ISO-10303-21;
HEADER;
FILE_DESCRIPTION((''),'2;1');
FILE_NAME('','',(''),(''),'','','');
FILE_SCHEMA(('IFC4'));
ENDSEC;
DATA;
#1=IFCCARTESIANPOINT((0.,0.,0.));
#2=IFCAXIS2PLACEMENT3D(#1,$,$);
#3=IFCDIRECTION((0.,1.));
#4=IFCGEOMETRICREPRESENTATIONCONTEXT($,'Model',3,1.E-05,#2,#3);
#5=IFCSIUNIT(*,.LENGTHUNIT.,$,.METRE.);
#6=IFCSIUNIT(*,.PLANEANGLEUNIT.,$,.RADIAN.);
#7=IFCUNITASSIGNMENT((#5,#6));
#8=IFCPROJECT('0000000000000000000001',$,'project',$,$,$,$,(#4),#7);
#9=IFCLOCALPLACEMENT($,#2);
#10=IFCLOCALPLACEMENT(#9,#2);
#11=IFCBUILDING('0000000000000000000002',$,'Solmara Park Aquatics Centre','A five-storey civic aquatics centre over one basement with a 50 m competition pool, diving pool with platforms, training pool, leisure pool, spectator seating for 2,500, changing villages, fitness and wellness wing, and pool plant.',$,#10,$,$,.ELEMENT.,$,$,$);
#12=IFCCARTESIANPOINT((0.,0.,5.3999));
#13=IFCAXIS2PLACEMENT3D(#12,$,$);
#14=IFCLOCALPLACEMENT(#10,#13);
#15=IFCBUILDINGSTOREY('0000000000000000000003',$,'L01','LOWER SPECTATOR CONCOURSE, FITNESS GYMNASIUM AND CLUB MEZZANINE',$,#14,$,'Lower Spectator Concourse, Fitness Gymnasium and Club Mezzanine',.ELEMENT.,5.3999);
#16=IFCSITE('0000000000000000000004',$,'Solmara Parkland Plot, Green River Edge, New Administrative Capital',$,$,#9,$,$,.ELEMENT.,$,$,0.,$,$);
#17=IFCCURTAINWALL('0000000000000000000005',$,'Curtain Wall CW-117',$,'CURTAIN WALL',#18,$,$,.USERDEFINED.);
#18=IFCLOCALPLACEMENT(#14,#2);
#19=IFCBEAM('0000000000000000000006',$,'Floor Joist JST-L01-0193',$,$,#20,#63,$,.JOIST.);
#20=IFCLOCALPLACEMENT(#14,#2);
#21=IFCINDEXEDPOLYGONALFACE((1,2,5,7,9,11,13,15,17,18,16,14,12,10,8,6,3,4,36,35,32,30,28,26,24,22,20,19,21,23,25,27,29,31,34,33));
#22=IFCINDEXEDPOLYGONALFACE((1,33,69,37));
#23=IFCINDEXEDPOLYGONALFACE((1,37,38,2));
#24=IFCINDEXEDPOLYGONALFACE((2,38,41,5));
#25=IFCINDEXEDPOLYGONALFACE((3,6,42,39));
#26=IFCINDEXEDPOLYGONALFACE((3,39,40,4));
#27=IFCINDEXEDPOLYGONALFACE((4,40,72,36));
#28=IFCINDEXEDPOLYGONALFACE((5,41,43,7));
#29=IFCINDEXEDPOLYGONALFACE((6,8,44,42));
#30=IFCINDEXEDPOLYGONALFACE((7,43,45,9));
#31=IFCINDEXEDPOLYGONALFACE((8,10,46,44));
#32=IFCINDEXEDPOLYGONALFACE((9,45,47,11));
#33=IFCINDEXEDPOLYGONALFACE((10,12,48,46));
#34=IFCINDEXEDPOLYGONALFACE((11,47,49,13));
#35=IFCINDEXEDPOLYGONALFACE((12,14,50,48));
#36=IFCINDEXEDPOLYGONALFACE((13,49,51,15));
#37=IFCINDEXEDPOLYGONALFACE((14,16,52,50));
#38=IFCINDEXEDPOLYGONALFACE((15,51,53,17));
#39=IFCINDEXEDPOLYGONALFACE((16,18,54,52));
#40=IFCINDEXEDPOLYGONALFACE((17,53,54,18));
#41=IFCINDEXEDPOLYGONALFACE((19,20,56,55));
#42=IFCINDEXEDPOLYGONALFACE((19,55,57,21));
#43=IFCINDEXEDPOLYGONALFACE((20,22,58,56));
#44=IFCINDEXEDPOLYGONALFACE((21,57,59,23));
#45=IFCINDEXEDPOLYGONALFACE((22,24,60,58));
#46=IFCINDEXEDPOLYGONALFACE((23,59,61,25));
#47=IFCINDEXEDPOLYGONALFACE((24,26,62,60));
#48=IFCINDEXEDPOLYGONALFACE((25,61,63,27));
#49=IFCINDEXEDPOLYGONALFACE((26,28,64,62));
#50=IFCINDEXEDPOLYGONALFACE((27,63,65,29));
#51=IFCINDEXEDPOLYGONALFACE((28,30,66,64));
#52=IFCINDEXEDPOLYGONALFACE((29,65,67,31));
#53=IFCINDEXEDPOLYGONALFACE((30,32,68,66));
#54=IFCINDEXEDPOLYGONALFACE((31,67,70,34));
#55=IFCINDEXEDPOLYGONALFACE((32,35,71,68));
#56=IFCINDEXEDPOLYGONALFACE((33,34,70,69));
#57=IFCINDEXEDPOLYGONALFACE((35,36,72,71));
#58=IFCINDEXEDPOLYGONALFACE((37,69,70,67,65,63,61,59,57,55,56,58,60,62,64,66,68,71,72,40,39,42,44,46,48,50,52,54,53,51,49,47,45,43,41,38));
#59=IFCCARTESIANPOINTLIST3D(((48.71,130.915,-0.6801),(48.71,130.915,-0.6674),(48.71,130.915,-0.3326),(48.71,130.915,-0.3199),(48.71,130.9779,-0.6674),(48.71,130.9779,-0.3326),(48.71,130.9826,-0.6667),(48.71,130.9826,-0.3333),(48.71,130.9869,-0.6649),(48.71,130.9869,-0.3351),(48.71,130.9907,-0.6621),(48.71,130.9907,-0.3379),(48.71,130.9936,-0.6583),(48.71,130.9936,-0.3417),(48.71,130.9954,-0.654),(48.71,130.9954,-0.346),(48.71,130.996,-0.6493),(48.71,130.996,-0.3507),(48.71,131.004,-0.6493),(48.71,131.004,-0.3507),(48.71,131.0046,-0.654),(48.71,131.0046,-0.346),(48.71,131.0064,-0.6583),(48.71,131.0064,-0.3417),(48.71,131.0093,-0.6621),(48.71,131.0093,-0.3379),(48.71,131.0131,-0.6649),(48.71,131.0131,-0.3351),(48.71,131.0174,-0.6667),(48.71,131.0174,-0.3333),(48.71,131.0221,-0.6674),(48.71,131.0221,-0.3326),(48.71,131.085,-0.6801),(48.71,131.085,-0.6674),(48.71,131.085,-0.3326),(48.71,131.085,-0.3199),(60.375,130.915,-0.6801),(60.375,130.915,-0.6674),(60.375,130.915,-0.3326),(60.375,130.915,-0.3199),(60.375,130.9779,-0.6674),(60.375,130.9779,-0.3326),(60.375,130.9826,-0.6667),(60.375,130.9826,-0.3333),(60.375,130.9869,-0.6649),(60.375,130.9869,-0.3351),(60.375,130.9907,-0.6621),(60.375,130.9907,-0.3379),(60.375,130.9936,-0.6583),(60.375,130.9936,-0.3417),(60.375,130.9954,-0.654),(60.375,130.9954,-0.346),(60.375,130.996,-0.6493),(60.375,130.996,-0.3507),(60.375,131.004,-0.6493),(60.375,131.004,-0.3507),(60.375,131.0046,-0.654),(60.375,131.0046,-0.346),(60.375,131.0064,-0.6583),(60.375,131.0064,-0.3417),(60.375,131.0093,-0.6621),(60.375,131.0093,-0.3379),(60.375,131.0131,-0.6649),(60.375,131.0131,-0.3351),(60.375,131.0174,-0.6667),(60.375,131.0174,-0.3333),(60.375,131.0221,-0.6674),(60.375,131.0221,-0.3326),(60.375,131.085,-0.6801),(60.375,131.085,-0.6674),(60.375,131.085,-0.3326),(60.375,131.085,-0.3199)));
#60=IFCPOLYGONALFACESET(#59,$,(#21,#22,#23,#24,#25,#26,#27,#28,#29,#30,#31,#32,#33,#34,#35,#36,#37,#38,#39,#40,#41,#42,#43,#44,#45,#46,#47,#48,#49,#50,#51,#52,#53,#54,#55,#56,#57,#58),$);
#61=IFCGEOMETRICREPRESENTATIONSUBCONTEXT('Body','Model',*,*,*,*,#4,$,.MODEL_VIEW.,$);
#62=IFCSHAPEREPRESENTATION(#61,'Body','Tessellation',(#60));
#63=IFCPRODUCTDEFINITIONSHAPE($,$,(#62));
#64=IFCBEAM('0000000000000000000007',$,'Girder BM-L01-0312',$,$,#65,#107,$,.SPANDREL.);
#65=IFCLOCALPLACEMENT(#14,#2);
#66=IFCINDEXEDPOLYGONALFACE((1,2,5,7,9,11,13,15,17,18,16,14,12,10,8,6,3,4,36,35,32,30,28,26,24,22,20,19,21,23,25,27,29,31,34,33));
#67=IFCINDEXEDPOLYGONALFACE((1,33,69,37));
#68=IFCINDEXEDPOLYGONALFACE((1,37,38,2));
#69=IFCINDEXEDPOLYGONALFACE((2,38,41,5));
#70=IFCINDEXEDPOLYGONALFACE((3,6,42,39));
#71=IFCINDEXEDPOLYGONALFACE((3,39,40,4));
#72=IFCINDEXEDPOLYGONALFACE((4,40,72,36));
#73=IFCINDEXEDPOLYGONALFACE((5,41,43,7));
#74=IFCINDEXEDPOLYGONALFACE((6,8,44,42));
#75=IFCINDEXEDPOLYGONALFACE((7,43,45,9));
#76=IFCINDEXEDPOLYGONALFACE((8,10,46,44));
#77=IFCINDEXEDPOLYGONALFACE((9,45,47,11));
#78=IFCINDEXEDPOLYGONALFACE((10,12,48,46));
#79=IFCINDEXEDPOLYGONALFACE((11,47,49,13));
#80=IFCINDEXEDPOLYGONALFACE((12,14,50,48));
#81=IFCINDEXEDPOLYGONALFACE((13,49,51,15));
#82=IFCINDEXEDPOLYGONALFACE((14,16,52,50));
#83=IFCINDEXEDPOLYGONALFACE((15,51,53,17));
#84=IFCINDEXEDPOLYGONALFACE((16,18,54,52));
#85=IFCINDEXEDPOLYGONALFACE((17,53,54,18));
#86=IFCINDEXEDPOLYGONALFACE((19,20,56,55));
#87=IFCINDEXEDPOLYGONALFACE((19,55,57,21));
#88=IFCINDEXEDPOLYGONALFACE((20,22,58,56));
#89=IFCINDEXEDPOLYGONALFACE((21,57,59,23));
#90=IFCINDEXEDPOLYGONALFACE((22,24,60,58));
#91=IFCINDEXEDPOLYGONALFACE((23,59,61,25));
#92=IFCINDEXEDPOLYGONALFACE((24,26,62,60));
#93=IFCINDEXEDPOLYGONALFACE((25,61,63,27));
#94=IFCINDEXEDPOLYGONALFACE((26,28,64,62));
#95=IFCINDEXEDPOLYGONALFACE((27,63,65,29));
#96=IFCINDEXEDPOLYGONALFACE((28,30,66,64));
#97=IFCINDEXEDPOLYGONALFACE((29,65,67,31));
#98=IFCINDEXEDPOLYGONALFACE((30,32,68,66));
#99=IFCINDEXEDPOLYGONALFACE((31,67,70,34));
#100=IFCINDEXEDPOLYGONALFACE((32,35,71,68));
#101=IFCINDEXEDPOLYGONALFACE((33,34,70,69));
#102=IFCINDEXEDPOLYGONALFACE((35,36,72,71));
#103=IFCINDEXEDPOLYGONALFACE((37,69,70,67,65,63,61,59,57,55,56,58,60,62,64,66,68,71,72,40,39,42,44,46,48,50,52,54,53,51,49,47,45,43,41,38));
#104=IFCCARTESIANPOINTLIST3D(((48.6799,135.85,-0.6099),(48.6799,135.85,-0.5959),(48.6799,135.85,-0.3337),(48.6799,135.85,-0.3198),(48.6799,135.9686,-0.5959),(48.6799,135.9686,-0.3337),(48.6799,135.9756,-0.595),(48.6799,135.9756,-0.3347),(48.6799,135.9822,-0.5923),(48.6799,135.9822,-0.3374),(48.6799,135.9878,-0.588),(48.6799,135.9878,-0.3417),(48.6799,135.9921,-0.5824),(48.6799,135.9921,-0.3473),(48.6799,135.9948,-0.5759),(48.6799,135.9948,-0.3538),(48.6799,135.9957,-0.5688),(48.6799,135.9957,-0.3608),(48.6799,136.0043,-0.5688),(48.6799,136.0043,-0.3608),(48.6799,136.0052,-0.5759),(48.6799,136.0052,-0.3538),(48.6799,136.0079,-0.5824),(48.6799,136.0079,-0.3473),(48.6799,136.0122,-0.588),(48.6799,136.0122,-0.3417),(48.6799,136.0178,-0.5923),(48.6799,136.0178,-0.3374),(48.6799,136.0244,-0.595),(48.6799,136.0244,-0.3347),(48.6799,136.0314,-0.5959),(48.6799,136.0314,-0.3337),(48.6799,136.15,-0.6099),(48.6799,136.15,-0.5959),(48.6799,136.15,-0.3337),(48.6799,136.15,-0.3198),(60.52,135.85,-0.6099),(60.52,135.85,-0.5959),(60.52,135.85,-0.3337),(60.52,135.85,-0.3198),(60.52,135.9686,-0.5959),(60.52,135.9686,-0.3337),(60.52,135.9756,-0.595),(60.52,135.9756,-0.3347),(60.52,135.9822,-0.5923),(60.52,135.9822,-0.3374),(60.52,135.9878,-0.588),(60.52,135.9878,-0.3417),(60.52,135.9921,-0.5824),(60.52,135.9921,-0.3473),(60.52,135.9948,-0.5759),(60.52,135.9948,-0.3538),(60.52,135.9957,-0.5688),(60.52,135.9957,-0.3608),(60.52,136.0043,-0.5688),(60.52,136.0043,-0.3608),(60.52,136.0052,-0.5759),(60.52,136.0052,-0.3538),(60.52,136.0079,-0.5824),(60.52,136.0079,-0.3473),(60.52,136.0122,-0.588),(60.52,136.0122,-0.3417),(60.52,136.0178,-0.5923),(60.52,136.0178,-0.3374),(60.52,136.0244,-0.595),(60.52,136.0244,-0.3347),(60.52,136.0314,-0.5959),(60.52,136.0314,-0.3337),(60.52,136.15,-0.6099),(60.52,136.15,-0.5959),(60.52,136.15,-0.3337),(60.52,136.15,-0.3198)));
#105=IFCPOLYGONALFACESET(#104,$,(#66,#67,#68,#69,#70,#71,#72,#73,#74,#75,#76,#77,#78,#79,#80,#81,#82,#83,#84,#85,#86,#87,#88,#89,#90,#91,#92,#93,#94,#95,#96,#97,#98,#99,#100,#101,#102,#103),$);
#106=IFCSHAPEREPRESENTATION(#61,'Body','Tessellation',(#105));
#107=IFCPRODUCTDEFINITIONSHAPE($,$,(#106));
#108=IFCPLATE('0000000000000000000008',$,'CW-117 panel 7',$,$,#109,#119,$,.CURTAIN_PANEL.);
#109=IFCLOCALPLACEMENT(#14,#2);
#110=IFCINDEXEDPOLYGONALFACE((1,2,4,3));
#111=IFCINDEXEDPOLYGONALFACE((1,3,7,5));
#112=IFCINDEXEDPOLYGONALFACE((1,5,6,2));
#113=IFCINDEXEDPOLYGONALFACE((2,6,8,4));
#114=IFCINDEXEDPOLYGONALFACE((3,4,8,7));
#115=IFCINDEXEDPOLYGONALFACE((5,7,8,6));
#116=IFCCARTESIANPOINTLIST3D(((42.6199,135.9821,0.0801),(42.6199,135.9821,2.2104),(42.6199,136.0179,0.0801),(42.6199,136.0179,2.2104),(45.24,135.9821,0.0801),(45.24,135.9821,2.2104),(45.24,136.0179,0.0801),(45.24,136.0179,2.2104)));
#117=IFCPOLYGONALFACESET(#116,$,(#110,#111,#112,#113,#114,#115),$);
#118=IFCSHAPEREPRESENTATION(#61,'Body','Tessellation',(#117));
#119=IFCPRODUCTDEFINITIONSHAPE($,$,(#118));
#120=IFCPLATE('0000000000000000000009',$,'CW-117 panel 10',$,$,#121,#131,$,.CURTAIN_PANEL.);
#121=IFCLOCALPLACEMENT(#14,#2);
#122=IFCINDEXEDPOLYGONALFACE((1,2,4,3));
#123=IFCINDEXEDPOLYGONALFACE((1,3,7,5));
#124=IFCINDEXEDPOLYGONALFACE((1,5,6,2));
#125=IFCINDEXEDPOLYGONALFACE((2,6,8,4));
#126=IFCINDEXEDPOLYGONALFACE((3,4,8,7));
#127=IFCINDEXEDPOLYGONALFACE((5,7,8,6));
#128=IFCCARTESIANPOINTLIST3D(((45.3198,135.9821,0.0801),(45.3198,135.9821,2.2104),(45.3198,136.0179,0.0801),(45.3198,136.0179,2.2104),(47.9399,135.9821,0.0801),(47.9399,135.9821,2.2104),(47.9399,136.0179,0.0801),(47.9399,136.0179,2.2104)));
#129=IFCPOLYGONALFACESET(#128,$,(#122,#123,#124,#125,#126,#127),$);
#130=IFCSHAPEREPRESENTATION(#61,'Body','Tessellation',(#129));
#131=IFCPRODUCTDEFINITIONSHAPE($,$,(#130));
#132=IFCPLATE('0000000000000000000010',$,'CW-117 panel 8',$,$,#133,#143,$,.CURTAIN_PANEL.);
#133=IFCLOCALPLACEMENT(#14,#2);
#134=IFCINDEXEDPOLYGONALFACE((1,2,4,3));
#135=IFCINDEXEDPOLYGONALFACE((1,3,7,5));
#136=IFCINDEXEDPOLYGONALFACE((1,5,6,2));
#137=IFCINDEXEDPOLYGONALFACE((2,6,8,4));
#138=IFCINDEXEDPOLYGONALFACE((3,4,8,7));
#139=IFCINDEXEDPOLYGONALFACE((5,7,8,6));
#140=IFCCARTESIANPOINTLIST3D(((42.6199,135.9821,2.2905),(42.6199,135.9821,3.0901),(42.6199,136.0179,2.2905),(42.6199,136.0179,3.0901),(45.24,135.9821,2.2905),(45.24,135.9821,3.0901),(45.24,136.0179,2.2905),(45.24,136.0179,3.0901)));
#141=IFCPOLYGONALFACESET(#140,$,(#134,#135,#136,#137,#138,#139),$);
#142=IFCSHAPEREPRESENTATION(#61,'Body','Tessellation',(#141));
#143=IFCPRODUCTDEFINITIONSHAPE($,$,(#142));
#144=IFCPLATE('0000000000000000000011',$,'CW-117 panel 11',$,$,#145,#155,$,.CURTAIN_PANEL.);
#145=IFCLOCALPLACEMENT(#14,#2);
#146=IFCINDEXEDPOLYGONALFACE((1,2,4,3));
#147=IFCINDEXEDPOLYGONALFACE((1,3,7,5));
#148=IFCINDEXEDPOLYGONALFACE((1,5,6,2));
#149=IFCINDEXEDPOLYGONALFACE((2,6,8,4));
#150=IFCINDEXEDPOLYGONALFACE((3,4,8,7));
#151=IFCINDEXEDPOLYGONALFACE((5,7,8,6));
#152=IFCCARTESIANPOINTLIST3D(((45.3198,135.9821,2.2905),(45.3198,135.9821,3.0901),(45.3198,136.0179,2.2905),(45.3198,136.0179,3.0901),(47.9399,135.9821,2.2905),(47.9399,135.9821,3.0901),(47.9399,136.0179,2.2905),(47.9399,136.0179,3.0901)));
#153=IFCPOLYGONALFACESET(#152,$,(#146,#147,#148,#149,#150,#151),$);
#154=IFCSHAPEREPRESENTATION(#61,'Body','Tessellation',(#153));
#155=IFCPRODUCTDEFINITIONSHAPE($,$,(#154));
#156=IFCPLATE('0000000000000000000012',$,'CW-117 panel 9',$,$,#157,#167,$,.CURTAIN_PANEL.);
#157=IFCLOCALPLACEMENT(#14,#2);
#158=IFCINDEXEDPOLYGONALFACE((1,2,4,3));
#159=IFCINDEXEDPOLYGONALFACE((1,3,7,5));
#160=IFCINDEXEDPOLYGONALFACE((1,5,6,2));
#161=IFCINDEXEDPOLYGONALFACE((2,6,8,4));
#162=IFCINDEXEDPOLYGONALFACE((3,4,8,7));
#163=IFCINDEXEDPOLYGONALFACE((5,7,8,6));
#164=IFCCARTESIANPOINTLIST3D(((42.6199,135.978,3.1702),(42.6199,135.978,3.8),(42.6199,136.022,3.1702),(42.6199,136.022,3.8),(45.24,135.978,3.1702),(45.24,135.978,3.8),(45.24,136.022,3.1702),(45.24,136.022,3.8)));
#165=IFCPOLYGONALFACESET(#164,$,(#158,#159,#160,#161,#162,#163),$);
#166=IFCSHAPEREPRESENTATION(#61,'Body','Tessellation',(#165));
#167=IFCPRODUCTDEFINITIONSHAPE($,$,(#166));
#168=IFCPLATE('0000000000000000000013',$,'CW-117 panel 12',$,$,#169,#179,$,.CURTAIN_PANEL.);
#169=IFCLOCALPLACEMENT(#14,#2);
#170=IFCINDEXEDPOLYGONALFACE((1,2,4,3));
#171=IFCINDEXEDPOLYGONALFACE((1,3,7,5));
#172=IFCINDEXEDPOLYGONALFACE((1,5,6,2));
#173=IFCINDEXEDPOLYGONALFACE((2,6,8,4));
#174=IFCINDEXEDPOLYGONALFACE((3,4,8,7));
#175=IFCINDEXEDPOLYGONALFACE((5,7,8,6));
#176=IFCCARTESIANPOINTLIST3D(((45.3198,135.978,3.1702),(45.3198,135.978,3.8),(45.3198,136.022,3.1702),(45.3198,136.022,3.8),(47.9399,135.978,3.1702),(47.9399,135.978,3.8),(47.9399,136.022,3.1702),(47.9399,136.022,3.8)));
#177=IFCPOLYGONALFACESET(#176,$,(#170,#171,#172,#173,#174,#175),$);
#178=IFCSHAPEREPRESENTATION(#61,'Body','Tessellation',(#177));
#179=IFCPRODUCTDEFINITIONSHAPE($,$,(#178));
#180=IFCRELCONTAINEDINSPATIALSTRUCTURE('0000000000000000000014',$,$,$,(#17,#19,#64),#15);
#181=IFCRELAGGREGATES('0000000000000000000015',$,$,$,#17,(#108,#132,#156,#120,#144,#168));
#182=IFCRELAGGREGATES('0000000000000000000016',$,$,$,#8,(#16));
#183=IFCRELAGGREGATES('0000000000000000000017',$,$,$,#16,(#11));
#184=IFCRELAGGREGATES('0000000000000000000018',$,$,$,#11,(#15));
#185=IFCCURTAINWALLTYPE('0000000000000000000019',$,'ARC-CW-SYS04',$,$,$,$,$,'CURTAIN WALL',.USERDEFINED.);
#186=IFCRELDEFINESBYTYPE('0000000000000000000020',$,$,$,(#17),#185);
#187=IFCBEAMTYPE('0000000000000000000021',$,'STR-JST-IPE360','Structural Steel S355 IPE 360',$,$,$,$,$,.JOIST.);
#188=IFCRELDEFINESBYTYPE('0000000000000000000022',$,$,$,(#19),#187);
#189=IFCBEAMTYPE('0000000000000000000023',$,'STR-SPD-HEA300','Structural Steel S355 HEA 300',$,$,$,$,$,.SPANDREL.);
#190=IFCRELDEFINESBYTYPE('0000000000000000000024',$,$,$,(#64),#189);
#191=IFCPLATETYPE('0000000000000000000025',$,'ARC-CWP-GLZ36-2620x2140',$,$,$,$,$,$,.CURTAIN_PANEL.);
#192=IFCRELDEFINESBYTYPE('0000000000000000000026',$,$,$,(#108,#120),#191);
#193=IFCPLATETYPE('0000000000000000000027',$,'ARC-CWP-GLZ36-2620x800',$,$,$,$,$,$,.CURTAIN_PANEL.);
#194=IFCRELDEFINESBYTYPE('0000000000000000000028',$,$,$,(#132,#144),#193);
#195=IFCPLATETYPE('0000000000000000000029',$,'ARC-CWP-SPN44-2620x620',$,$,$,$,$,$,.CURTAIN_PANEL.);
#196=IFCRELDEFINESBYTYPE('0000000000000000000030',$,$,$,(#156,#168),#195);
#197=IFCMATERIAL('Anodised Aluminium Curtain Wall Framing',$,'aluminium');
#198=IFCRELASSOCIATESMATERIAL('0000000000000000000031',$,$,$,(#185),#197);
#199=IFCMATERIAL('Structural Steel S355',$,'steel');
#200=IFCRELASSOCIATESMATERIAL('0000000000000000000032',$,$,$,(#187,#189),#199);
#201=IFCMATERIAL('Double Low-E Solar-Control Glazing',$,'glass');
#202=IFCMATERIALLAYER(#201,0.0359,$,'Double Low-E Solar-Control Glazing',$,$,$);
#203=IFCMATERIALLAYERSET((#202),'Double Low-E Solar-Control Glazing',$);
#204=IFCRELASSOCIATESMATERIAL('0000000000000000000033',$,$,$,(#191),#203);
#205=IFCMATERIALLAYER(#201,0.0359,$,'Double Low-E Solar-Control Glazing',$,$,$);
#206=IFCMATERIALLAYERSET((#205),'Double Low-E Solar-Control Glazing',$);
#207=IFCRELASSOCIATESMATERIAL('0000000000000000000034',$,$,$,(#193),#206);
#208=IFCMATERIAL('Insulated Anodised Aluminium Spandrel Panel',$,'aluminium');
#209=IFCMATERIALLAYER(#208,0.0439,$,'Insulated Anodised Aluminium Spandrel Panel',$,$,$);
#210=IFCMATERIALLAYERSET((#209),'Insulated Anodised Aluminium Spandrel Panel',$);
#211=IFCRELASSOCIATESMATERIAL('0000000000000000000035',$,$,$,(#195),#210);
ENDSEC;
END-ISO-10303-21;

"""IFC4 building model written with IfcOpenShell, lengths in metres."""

from ifc_helpers import new_model, si_unit, direction, frame, origin, origin_2d, place, context, subcontext, project, spatial, rectangle, i_section, extrude, material, layer, layer_set, material_profile, profile_set, type_object, element, aggregate, save


model = new_model("IFC4")

# Units and contexts
model_context = context("Model", 3, precision=1e-05, world=origin(), true_north=direction((0.0, 1.0)))
body_context = subcontext(model_context, "Body", "Model", "MODEL_VIEW")
ifc_project = project(units=[si_unit("LENGTHUNIT", "METRE"), si_unit("PLANEANGLEUNIT", "RADIAN")], contexts=[model_context])

# Site, building, storey
site_placement = place(None, origin())
site = spatial("IfcSite", under=ifc_project, at=site_placement, Name="Solmara Parkland Plot, Green River Edge, New Administrative Capital", CompositionType="ELEMENT", RefElevation=0.0)
building_placement = place(site_placement, origin())
building = spatial("IfcBuilding", under=site, at=building_placement, Name="Solmara Park Aquatics Centre", Description="A five-storey civic aquatics centre over one basement with a 50 m competition pool, diving pool with platforms, training pool, leisure pool, spectator seating for 2,500, changing villages, fitness and wellness wing, and pool plant.", CompositionType="ELEMENT")
storey_placement = place(building_placement, frame((0.0, 0.0, 5.3999)))
storey = spatial("IfcBuildingStorey", under=building, at=storey_placement, Name="L01", Description="LOWER SPECTATOR CONCOURSE, FITNESS GYMNASIUM AND CLUB MEZZANINE", LongName="Lower Spectator Concourse, Fitness Gymnasium and Club Mezzanine", CompositionType="ELEMENT", Elevation=5.3999)

# Shared definitions
ifc_material_1 = material(Name="Structural Steel S355", Category="steel")

# Curtain wall
ifc_material_2 = material(Name="Anodised Aluminium Curtain Wall Framing", Category="aluminium")
curtain_wall_type = type_object("IfcCurtainWallType", Name="ARC-CW-SYS04", ElementType="CURTAIN WALL", PredefinedType="USERDEFINED", material=ifc_material_2)
curtain_wall_placement = place(storey_placement, origin())
curtain_wall = element("IfcCurtainWall", 1, at=curtain_wall_placement, inside=storey, type_object=curtain_wall_type, Name="Curtain Wall CW-117", ObjectType="CURTAIN WALL", PredefinedType="USERDEFINED")

# Beams
ifc_material_profile_1 = material_profile(ifc_material_1, i_section(OverallWidth=0.1699, OverallDepth=0.3601, WebThickness=0.0081, FlangeThickness=0.0127, FilletRadius=0.0181, at=origin_2d()), Name="IPE 360")
ifc_profile_set_1 = profile_set([ifc_material_profile_1], Name="Structural Steel S355")
beam_type_1 = type_object("IfcBeamType", Name="STR-JST-IPE360", Description="Structural Steel S355 IPE 360", PredefinedType="JOIST", material=ifc_profile_set_1)
for number, where, z_axis, x_axis, name in (
    (2, (48.71, 131.0, -0.5), (1.0, 0.0, 0.0), (0.0, 1.0, 0.0), "Floor Joist JST-L01-0193"),
):
    element("IfcBeam", number, at=place(storey_placement, frame(where, z_axis=z_axis, x_axis=x_axis)), inside=storey, type_object=beam_type_1, Name=name, PredefinedType="JOIST", context=body_context, shape_type="SweptSolid", body=[
        extrude(i_section(OverallWidth=0.1699, OverallDepth=0.3601, WebThickness=0.0081, FlangeThickness=0.0127, FilletRadius=0.0181, at=origin_2d()), origin(), (0.0, 0.0, 1.0), 11.665),
    ])
ifc_material_profile_2 = material_profile(ifc_material_1, i_section(OverallWidth=0.3, OverallDepth=0.29, WebThickness=0.0085, FlangeThickness=0.0139, FilletRadius=0.0271, at=origin_2d()), Name="HEA 300")
ifc_profile_set_2 = profile_set([ifc_material_profile_2], Name="Structural Steel S355")
beam_type_2 = type_object("IfcBeamType", Name="STR-SPD-HEA300", Description="Structural Steel S355 HEA 300", PredefinedType="SPANDREL", material=ifc_profile_set_2)
beam_1_placement = place(storey_placement, frame((48.6799, 136.0, -0.4648), z_axis=(1.0, 0.0, 0.0), x_axis=(0.0, 1.0, 0.0)))
element("IfcBeam", 3, at=beam_1_placement, inside=storey, type_object=beam_type_2, Name="Girder BM-L01-0312", PredefinedType="SPANDREL", context=body_context, shape_type="SweptSolid", body=[
    extrude(i_section(OverallWidth=0.3, OverallDepth=0.29, WebThickness=0.0085, FlangeThickness=0.0139, FilletRadius=0.0271, at=origin_2d()), origin(), (0.0, 0.0, 1.0), 11.8401),
])

# Plates
ifc_material_3 = material(Name="Double Low-E Solar-Control Glazing", Category="glass")
ifc_layer_1 = layer(ifc_material_3, 0.0359, Name="Double Low-E Solar-Control Glazing")
ifc_layer_set_1 = layer_set([ifc_layer_1], Name="Double Low-E Solar-Control Glazing")
plate_type_1 = type_object("IfcPlateType", Name="ARC-CWP-GLZ36-2620x2140", PredefinedType="CURTAIN_PANEL", material=ifc_layer_set_1)
plate_1_placement = place(storey_placement, frame((43.9299, 136.0, 0.0801), z_axis=(0.0, 0.0, 1.0), x_axis=(1.0, 0.0, 0.0)))
plate_1 = element("IfcPlate", 4, at=plate_1_placement, type_object=plate_type_1, Name="CW-117 panel 7", PredefinedType="CURTAIN_PANEL", context=body_context, shape_type="SweptSolid", body=[
    extrude(rectangle(XDim=2.6201, YDim=0.0359, at=origin_2d()), origin(), (0.0, 0.0, 1.0), 2.1304),
])
plate_2_placement = place(storey_placement, frame((46.6299, 136.0, 0.0801), z_axis=(0.0, 0.0, 1.0), x_axis=(1.0, 0.0, 0.0)))
plate_2 = element("IfcPlate", 5, at=plate_2_placement, type_object=plate_type_1, Name="CW-117 panel 10", PredefinedType="CURTAIN_PANEL", context=body_context, shape_type="SweptSolid", body=[
    extrude(rectangle(XDim=2.6201, YDim=0.0359, at=origin_2d()), origin(), (0.0, 0.0, 1.0), 2.1304),
])
ifc_layer_2 = layer(ifc_material_3, 0.0359, Name="Double Low-E Solar-Control Glazing")
ifc_layer_set_2 = layer_set([ifc_layer_2], Name="Double Low-E Solar-Control Glazing")
plate_type_2 = type_object("IfcPlateType", Name="ARC-CWP-GLZ36-2620x800", PredefinedType="CURTAIN_PANEL", material=ifc_layer_set_2)
plate_3_placement = place(storey_placement, frame((43.9299, 136.0, 2.2905), z_axis=(0.0, 0.0, 1.0), x_axis=(1.0, 0.0, 0.0)))
plate_3 = element("IfcPlate", 6, at=plate_3_placement, type_object=plate_type_2, Name="CW-117 panel 8", PredefinedType="CURTAIN_PANEL", context=body_context, shape_type="SweptSolid", body=[
    extrude(rectangle(XDim=2.6201, YDim=0.0359, at=origin_2d()), origin(), (0.0, 0.0, 1.0), 0.7996),
])
plate_4_placement = place(storey_placement, frame((46.6299, 136.0, 2.2905), z_axis=(0.0, 0.0, 1.0), x_axis=(1.0, 0.0, 0.0)))
plate_4 = element("IfcPlate", 7, at=plate_4_placement, type_object=plate_type_2, Name="CW-117 panel 11", PredefinedType="CURTAIN_PANEL", context=body_context, shape_type="SweptSolid", body=[
    extrude(rectangle(XDim=2.6201, YDim=0.0359, at=origin_2d()), origin(), (0.0, 0.0, 1.0), 0.7996),
])
ifc_material_4 = material(Name="Insulated Anodised Aluminium Spandrel Panel", Category="aluminium")
ifc_layer_3 = layer(ifc_material_4, 0.0439, Name="Insulated Anodised Aluminium Spandrel Panel")
ifc_layer_set_3 = layer_set([ifc_layer_3], Name="Insulated Anodised Aluminium Spandrel Panel")
plate_type_3 = type_object("IfcPlateType", Name="ARC-CWP-SPN44-2620x620", PredefinedType="CURTAIN_PANEL", material=ifc_layer_set_3)
plate_5_placement = place(storey_placement, frame((43.9299, 136.0, 3.1702), z_axis=(0.0, 0.0, 1.0), x_axis=(1.0, 0.0, 0.0)))
plate_5 = element("IfcPlate", 8, at=plate_5_placement, type_object=plate_type_3, Name="CW-117 panel 9", PredefinedType="CURTAIN_PANEL", context=body_context, shape_type="SweptSolid", body=[
    extrude(rectangle(XDim=2.6201, YDim=0.0439, at=origin_2d()), origin(), (0.0, 0.0, 1.0), 0.6299),
])
plate_6_placement = place(storey_placement, frame((46.6299, 136.0, 3.1702), z_axis=(0.0, 0.0, 1.0), x_axis=(1.0, 0.0, 0.0)))
plate_6 = element("IfcPlate", 9, at=plate_6_placement, type_object=plate_type_3, Name="CW-117 panel 12", PredefinedType="CURTAIN_PANEL", context=body_context, shape_type="SweptSolid", body=[
    extrude(rectangle(XDim=2.6201, YDim=0.0439, at=origin_2d()), origin(), (0.0, 0.0, 1.0), 0.6299),
])
aggregate(curtain_wall, [plate_1, plate_3, plate_5, plate_2, plate_4, plate_6])

save(model, "model.ifc")
